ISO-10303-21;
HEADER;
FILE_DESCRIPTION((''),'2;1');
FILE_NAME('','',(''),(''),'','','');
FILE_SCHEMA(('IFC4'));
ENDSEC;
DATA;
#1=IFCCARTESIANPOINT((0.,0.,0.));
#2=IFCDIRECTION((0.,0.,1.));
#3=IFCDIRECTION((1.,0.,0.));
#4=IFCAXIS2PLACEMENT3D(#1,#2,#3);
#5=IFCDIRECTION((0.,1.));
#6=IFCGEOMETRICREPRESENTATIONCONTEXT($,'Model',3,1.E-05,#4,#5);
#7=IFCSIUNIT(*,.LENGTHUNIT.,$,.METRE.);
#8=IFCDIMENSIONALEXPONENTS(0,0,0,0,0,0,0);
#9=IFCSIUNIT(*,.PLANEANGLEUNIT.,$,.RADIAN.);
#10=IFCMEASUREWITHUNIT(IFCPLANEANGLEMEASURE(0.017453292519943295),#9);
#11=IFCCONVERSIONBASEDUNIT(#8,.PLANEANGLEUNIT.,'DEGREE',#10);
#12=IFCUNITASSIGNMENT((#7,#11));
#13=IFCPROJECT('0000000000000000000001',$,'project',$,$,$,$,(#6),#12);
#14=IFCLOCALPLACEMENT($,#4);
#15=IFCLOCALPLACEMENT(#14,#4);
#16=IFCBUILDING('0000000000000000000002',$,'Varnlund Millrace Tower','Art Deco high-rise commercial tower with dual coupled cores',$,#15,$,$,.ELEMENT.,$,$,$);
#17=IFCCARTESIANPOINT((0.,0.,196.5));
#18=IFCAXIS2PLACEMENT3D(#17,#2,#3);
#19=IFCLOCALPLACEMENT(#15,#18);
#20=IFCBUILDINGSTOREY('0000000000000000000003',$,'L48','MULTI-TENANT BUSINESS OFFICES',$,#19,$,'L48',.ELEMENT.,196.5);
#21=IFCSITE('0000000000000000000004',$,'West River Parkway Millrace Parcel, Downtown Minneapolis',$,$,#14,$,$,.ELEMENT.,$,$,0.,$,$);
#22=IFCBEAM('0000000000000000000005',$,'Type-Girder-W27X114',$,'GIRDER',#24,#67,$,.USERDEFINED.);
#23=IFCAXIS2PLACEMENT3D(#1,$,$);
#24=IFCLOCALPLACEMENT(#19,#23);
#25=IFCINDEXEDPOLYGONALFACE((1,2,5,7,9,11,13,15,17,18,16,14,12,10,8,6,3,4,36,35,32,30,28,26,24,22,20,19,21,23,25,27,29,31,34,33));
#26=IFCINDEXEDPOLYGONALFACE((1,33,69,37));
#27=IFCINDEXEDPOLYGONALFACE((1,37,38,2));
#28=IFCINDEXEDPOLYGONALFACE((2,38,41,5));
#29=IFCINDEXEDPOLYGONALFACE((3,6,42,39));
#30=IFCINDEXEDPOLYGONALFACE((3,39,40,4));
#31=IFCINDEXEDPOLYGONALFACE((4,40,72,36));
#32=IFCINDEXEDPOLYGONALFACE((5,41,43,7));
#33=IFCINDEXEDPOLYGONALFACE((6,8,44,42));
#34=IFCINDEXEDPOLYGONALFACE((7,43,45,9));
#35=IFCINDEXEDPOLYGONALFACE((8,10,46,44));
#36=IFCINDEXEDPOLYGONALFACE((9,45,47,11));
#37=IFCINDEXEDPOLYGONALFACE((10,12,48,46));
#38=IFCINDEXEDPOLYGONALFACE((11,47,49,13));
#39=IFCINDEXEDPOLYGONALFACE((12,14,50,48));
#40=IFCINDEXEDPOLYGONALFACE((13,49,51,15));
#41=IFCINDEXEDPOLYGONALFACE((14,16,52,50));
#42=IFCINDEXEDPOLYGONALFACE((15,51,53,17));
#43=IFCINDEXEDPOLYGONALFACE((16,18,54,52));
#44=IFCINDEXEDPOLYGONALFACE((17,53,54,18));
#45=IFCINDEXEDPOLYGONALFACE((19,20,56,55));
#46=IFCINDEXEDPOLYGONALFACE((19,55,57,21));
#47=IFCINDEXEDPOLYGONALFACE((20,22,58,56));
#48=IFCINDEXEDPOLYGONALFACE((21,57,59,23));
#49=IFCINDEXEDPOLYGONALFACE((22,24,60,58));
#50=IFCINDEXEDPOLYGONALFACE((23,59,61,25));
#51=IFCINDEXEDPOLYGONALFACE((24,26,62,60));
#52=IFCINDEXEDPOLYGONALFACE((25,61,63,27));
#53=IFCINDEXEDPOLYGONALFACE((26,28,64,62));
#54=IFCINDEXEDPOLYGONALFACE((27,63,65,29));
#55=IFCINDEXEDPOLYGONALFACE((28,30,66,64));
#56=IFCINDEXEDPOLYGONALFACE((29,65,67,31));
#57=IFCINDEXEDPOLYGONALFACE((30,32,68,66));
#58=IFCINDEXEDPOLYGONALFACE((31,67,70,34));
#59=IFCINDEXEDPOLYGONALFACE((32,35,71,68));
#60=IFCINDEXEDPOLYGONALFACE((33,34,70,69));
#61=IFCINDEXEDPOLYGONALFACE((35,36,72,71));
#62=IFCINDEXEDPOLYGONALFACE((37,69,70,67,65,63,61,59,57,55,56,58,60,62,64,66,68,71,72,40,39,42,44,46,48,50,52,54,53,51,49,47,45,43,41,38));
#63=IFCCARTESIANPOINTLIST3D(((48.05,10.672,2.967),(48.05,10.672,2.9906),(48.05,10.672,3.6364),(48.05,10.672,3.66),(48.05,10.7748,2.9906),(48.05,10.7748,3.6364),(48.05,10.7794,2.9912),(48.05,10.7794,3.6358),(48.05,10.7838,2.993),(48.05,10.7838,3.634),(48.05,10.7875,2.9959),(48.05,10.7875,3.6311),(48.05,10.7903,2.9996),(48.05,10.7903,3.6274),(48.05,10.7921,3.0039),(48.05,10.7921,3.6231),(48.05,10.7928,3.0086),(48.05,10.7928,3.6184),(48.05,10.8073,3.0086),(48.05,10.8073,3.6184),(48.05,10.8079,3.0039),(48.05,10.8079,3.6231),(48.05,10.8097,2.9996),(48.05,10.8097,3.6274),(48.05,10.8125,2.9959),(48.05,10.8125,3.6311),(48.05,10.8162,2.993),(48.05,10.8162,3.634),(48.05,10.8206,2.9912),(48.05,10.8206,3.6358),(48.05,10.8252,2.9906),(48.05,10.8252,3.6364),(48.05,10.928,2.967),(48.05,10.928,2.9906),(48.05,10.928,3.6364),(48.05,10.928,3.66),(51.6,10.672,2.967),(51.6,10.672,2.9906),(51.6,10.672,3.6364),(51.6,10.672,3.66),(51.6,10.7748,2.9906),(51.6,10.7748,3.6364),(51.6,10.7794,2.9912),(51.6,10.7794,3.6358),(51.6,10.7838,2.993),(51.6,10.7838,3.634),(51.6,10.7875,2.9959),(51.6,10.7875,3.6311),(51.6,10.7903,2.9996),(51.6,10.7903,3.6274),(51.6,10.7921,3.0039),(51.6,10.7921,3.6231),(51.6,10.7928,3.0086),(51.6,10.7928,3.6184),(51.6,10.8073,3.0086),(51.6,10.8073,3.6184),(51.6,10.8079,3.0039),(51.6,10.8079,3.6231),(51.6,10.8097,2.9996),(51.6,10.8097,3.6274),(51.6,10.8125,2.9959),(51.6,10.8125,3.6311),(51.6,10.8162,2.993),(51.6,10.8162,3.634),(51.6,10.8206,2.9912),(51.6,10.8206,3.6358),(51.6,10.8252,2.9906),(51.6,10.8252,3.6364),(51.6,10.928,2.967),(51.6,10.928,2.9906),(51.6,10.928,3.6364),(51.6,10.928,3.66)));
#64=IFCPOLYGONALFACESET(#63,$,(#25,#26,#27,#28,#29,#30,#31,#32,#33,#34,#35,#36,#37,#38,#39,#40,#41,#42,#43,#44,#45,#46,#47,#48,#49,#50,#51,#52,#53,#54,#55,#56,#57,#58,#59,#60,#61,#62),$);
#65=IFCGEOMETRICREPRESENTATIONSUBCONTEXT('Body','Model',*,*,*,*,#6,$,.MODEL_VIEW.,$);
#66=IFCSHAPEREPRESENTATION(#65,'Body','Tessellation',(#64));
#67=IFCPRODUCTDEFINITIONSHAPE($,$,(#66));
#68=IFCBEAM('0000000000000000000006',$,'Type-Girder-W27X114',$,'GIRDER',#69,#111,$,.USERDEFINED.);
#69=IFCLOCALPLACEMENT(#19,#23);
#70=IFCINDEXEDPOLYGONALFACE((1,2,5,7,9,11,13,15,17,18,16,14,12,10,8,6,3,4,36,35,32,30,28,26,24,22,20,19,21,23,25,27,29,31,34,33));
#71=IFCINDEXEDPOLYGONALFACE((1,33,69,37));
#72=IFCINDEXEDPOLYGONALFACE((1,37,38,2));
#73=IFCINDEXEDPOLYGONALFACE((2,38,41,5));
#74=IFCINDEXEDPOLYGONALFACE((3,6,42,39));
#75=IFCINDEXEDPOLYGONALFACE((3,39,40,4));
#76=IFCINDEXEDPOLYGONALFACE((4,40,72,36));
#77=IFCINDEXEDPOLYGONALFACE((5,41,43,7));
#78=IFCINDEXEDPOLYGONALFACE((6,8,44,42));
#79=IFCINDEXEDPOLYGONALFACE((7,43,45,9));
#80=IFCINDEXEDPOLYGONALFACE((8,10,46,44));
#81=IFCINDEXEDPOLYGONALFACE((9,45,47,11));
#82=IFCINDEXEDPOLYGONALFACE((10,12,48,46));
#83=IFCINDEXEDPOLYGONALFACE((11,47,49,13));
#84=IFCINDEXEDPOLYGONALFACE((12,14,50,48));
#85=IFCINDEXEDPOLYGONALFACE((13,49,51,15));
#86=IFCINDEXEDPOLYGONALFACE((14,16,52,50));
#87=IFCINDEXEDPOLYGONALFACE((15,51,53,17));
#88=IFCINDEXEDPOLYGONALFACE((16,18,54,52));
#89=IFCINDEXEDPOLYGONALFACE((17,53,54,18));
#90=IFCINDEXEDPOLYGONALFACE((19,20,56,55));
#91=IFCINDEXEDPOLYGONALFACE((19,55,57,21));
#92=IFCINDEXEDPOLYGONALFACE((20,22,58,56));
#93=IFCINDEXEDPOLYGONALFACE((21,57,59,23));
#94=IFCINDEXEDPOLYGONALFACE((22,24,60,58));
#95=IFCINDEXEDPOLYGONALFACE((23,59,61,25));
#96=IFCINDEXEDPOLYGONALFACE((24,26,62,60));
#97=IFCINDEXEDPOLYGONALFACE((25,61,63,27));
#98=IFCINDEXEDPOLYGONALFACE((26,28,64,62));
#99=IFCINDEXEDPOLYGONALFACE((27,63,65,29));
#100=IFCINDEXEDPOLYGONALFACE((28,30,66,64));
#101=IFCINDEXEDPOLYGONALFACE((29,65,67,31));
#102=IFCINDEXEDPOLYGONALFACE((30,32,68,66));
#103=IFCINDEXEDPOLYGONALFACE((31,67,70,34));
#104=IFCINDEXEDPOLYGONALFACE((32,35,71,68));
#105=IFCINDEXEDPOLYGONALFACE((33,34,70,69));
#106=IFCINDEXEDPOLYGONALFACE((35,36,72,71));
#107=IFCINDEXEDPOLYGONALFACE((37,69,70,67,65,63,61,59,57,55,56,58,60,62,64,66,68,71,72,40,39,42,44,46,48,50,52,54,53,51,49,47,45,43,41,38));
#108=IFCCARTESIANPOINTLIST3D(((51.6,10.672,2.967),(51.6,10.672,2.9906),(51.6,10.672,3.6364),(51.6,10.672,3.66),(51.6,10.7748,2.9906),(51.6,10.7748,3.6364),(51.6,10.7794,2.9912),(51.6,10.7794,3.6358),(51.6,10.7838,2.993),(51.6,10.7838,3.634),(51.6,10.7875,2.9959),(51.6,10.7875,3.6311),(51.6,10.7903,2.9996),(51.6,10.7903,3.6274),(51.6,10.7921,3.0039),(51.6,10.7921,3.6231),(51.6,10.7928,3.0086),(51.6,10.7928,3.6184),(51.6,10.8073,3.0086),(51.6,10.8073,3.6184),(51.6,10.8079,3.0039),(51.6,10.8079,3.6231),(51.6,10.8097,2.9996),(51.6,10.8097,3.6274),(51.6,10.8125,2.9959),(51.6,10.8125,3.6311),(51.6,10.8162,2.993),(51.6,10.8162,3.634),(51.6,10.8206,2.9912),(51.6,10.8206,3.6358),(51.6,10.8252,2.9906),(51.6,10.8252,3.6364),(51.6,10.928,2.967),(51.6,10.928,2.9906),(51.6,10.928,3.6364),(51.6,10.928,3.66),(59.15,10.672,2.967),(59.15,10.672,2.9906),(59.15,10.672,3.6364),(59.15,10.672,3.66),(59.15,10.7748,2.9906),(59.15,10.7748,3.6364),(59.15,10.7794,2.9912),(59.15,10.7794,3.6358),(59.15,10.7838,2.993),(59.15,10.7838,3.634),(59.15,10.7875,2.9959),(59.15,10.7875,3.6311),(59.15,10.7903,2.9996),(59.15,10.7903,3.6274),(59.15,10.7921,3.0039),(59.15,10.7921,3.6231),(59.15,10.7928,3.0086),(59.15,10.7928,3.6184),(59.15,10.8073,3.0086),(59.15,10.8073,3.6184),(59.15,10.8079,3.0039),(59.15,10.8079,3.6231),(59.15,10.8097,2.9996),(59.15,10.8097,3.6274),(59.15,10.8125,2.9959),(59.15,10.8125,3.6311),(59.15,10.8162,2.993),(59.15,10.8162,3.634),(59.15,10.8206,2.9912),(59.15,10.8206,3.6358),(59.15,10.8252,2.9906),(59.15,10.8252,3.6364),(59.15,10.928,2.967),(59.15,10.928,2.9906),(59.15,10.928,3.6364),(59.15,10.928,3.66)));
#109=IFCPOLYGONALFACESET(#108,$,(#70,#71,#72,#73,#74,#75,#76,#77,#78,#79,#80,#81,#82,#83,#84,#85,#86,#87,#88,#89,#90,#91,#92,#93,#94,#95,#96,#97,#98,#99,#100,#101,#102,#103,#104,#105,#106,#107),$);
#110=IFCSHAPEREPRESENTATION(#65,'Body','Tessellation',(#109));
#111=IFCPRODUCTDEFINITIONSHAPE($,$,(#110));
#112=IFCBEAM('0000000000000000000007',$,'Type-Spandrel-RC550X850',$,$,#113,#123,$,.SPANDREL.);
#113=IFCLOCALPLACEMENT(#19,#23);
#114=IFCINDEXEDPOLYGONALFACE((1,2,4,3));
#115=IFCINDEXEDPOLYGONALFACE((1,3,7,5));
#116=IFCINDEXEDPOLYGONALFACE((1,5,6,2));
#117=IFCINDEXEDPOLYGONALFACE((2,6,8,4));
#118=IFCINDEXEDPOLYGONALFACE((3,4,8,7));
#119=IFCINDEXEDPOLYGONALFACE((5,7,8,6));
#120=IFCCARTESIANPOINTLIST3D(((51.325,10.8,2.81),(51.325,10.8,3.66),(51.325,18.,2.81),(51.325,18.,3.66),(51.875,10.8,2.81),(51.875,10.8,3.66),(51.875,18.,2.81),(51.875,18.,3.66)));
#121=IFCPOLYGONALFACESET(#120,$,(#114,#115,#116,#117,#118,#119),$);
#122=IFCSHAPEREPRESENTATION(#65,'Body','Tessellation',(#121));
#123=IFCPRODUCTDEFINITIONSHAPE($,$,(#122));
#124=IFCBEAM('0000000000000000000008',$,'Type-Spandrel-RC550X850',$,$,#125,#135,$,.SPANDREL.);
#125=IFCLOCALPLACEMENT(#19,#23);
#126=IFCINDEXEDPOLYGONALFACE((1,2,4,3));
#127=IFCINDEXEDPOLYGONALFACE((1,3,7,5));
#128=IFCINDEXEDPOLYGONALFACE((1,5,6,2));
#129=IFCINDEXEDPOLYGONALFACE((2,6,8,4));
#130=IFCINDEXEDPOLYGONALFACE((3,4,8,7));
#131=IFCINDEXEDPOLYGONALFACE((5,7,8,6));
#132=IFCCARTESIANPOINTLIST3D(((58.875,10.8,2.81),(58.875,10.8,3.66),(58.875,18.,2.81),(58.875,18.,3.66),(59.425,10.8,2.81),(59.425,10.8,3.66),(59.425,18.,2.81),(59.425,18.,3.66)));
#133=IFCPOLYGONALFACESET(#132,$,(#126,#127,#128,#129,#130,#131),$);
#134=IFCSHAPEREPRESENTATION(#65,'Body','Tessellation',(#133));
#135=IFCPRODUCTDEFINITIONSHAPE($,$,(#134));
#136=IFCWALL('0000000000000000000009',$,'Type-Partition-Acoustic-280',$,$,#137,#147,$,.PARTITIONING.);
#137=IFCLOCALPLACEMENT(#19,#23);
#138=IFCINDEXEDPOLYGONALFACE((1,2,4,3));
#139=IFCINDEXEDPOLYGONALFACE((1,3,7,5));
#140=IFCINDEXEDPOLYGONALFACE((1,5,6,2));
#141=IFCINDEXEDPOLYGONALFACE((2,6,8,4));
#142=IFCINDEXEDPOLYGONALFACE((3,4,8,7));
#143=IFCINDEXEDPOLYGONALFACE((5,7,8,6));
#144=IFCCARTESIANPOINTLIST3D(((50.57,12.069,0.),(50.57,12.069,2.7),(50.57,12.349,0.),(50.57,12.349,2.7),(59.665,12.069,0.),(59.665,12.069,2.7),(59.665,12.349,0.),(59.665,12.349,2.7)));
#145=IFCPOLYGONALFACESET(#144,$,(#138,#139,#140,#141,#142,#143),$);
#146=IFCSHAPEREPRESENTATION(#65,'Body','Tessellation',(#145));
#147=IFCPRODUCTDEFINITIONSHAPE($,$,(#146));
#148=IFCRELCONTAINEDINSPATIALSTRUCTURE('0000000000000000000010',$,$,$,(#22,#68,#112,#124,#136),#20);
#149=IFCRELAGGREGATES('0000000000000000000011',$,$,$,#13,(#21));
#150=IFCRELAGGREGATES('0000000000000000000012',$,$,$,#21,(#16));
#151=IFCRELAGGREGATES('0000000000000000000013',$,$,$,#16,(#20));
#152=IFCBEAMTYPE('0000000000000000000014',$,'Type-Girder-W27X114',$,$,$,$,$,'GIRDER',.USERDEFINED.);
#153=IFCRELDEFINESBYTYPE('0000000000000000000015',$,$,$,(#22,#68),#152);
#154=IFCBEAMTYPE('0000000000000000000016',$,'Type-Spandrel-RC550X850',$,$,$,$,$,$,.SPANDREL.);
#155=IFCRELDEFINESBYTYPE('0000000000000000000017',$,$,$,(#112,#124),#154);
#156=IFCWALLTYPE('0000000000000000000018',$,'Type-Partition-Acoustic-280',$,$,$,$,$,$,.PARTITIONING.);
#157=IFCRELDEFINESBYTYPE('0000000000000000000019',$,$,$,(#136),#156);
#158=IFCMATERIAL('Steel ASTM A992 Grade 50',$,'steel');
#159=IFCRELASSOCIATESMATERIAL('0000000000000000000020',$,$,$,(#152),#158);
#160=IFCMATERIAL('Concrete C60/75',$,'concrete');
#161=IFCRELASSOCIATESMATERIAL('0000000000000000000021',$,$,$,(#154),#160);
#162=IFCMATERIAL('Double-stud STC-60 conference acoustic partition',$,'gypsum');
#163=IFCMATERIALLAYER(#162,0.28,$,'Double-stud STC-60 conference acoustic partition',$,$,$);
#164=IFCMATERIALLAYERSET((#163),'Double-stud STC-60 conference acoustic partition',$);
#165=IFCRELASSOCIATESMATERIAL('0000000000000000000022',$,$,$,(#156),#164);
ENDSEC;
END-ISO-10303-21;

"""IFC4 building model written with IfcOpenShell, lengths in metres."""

from ifc_helpers import new_model, entity, si_unit, converted_unit, direction, frame, origin_with_axes, origin_2d_with_axis, place, context, subcontext, project, spatial, polyline, rectangle, i_section, outline, extrude, material, layer, layer_set, material_profile, profile_set, type_object, element, save


model = new_model("IFC4")

# Units and contexts
model_context = context("Model", 3, precision=1e-05, world=origin_with_axes(), true_north=direction((0.0, 1.0)))
body_context = subcontext(model_context, "Body", "Model", "MODEL_VIEW")
ifc_project = project(units=[si_unit("LENGTHUNIT", "METRE"), converted_unit("PLANEANGLEUNIT", "DEGREE", entity("IfcPlaneAngleMeasure", 0.017453292519943295), si_unit("PLANEANGLEUNIT", "RADIAN"), dimensions=[0, 0, 0, 0, 0, 0, 0])], contexts=[model_context])

# Site, building, storey
site_placement = place(None, origin_with_axes())
site = spatial("IfcSite", under=ifc_project, at=site_placement, Name="West River Parkway Millrace Parcel, Downtown Minneapolis", CompositionType="ELEMENT", RefElevation=0.0)
building_placement = place(site_placement, origin_with_axes())
building = spatial("IfcBuilding", under=site, at=building_placement, Name="Varnlund Millrace Tower", Description="Art Deco high-rise commercial tower with dual coupled cores", CompositionType="ELEMENT")
storey_placement = place(building_placement, frame((0.0, 0.0, 196.5), z_axis=(0.0, 0.0, 1.0), x_axis=(1.0, 0.0, 0.0)))
storey = spatial("IfcBuildingStorey", under=building, at=storey_placement, Name="L48", Description="MULTI-TENANT BUSINESS OFFICES", LongName="L48", CompositionType="ELEMENT", Elevation=196.5)

# Beams
ifc_material_1 = material(Name="Steel ASTM A992 Grade 50", Category="steel")
ifc_material_profile_1 = material_profile(ifc_material_1, i_section(OverallWidth=0.256, OverallDepth=0.693, WebThickness=0.0145, FlangeThickness=0.0236, FilletRadius=0.018, at=origin_2d_with_axis()), Name="Steel ASTM A992 Grade 50")
ifc_profile_set_1 = profile_set([ifc_material_profile_1], Name="Steel ASTM A992 Grade 50")
beam_type_1 = type_object("IfcBeamType", Name="Type-Girder-W27X114", ElementType="GIRDER", PredefinedType="USERDEFINED", material=ifc_profile_set_1)
beam_1_placement = place(storey_placement, frame((48.05, 10.8, 3.3135), z_axis=(1.0, 0.0, 0.0), x_axis=(0.0, 1.0, 0.0)))
element("IfcBeam", 1, at=beam_1_placement, inside=storey, type_object=beam_type_1, Name="Type-Girder-W27X114", ObjectType="GIRDER", PredefinedType="USERDEFINED", context=body_context, shape_type="SweptSolid", body=[
    extrude(i_section(OverallWidth=0.256, OverallDepth=0.693, WebThickness=0.0145, FlangeThickness=0.0236, FilletRadius=0.018, at=origin_2d_with_axis()), origin_with_axes(), (0.0, 0.0, 1.0), 3.55),
])
beam_2_placement = place(storey_placement, frame((51.6, 10.8, 3.3135), z_axis=(1.0, 0.0, 0.0), x_axis=(0.0, 1.0, 0.0)))
element("IfcBeam", 2, at=beam_2_placement, inside=storey, type_object=beam_type_1, Name="Type-Girder-W27X114", ObjectType="GIRDER", PredefinedType="USERDEFINED", context=body_context, shape_type="SweptSolid", body=[
    extrude(i_section(OverallWidth=0.256, OverallDepth=0.693, WebThickness=0.0145, FlangeThickness=0.0236, FilletRadius=0.018, at=origin_2d_with_axis()), origin_with_axes(), (0.0, 0.0, 1.0), 7.55),
])
ifc_material_2 = material(Name="Concrete C60/75", Category="concrete")
ifc_material_profile_2 = material_profile(ifc_material_2, rectangle(XDim=0.55, YDim=0.85, at=origin_2d_with_axis()), Name="Concrete C60/75")
ifc_profile_set_2 = profile_set([ifc_material_profile_2], Name="Concrete C60/75")
beam_type_2 = type_object("IfcBeamType", Name="Type-Spandrel-RC550X850", PredefinedType="SPANDREL", material=ifc_profile_set_2)
for number, where, z_axis, x_axis, name in (
    (3, (51.6, 10.8, 3.235), (0.0, 1.0, 0.0), (-1.0, 0.0, 0.0), "Type-Spandrel-RC550X850"),
    (4, (59.15, 10.8, 3.235), (0.0, 1.0, 0.0), (-1.0, 0.0, 0.0), "Type-Spandrel-RC550X850"),
):
    element("IfcBeam", number, at=place(storey_placement, frame(where, z_axis=z_axis, x_axis=x_axis)), inside=storey, type_object=beam_type_2, Name=name, PredefinedType="SPANDREL", context=body_context, shape_type="SweptSolid", body=[
        extrude(rectangle(XDim=0.55, YDim=0.85, at=origin_2d_with_axis()), origin_with_axes(), (0.0, 0.0, 1.0), 7.2),
    ])

# Wall
ifc_material_3 = material(Name="Double-stud STC-60 conference acoustic partition", Category="gypsum")
ifc_layer_1 = layer(ifc_material_3, 0.28, Name="Double-stud STC-60 conference acoustic partition")
ifc_layer_set_1 = layer_set([ifc_layer_1], Name="Double-stud STC-60 conference acoustic partition")
wall_type_1 = type_object("IfcWallType", Name="Type-Partition-Acoustic-280", PredefinedType="PARTITIONING", material=ifc_layer_set_1)
wall_1_placement = place(storey_placement, frame((50.57, 12.209, 0.0), z_axis=(0.0, 0.0, 1.0), x_axis=(1.0, 0.0, 0.0)))
element("IfcWall", 5, at=wall_1_placement, inside=storey, type_object=wall_type_1, Name="Type-Partition-Acoustic-280", PredefinedType="PARTITIONING", context=body_context, shape_type="SweptSolid", body=[
    extrude(outline(polyline([(0.0, -0.14), (9.095, -0.14), (9.095, 0.14), (0.0, 0.14), (0.0, -0.14)])), origin_with_axes(), (0.0, 0.0, 1.0), 2.7),
])

save(model, "model.ifc")
